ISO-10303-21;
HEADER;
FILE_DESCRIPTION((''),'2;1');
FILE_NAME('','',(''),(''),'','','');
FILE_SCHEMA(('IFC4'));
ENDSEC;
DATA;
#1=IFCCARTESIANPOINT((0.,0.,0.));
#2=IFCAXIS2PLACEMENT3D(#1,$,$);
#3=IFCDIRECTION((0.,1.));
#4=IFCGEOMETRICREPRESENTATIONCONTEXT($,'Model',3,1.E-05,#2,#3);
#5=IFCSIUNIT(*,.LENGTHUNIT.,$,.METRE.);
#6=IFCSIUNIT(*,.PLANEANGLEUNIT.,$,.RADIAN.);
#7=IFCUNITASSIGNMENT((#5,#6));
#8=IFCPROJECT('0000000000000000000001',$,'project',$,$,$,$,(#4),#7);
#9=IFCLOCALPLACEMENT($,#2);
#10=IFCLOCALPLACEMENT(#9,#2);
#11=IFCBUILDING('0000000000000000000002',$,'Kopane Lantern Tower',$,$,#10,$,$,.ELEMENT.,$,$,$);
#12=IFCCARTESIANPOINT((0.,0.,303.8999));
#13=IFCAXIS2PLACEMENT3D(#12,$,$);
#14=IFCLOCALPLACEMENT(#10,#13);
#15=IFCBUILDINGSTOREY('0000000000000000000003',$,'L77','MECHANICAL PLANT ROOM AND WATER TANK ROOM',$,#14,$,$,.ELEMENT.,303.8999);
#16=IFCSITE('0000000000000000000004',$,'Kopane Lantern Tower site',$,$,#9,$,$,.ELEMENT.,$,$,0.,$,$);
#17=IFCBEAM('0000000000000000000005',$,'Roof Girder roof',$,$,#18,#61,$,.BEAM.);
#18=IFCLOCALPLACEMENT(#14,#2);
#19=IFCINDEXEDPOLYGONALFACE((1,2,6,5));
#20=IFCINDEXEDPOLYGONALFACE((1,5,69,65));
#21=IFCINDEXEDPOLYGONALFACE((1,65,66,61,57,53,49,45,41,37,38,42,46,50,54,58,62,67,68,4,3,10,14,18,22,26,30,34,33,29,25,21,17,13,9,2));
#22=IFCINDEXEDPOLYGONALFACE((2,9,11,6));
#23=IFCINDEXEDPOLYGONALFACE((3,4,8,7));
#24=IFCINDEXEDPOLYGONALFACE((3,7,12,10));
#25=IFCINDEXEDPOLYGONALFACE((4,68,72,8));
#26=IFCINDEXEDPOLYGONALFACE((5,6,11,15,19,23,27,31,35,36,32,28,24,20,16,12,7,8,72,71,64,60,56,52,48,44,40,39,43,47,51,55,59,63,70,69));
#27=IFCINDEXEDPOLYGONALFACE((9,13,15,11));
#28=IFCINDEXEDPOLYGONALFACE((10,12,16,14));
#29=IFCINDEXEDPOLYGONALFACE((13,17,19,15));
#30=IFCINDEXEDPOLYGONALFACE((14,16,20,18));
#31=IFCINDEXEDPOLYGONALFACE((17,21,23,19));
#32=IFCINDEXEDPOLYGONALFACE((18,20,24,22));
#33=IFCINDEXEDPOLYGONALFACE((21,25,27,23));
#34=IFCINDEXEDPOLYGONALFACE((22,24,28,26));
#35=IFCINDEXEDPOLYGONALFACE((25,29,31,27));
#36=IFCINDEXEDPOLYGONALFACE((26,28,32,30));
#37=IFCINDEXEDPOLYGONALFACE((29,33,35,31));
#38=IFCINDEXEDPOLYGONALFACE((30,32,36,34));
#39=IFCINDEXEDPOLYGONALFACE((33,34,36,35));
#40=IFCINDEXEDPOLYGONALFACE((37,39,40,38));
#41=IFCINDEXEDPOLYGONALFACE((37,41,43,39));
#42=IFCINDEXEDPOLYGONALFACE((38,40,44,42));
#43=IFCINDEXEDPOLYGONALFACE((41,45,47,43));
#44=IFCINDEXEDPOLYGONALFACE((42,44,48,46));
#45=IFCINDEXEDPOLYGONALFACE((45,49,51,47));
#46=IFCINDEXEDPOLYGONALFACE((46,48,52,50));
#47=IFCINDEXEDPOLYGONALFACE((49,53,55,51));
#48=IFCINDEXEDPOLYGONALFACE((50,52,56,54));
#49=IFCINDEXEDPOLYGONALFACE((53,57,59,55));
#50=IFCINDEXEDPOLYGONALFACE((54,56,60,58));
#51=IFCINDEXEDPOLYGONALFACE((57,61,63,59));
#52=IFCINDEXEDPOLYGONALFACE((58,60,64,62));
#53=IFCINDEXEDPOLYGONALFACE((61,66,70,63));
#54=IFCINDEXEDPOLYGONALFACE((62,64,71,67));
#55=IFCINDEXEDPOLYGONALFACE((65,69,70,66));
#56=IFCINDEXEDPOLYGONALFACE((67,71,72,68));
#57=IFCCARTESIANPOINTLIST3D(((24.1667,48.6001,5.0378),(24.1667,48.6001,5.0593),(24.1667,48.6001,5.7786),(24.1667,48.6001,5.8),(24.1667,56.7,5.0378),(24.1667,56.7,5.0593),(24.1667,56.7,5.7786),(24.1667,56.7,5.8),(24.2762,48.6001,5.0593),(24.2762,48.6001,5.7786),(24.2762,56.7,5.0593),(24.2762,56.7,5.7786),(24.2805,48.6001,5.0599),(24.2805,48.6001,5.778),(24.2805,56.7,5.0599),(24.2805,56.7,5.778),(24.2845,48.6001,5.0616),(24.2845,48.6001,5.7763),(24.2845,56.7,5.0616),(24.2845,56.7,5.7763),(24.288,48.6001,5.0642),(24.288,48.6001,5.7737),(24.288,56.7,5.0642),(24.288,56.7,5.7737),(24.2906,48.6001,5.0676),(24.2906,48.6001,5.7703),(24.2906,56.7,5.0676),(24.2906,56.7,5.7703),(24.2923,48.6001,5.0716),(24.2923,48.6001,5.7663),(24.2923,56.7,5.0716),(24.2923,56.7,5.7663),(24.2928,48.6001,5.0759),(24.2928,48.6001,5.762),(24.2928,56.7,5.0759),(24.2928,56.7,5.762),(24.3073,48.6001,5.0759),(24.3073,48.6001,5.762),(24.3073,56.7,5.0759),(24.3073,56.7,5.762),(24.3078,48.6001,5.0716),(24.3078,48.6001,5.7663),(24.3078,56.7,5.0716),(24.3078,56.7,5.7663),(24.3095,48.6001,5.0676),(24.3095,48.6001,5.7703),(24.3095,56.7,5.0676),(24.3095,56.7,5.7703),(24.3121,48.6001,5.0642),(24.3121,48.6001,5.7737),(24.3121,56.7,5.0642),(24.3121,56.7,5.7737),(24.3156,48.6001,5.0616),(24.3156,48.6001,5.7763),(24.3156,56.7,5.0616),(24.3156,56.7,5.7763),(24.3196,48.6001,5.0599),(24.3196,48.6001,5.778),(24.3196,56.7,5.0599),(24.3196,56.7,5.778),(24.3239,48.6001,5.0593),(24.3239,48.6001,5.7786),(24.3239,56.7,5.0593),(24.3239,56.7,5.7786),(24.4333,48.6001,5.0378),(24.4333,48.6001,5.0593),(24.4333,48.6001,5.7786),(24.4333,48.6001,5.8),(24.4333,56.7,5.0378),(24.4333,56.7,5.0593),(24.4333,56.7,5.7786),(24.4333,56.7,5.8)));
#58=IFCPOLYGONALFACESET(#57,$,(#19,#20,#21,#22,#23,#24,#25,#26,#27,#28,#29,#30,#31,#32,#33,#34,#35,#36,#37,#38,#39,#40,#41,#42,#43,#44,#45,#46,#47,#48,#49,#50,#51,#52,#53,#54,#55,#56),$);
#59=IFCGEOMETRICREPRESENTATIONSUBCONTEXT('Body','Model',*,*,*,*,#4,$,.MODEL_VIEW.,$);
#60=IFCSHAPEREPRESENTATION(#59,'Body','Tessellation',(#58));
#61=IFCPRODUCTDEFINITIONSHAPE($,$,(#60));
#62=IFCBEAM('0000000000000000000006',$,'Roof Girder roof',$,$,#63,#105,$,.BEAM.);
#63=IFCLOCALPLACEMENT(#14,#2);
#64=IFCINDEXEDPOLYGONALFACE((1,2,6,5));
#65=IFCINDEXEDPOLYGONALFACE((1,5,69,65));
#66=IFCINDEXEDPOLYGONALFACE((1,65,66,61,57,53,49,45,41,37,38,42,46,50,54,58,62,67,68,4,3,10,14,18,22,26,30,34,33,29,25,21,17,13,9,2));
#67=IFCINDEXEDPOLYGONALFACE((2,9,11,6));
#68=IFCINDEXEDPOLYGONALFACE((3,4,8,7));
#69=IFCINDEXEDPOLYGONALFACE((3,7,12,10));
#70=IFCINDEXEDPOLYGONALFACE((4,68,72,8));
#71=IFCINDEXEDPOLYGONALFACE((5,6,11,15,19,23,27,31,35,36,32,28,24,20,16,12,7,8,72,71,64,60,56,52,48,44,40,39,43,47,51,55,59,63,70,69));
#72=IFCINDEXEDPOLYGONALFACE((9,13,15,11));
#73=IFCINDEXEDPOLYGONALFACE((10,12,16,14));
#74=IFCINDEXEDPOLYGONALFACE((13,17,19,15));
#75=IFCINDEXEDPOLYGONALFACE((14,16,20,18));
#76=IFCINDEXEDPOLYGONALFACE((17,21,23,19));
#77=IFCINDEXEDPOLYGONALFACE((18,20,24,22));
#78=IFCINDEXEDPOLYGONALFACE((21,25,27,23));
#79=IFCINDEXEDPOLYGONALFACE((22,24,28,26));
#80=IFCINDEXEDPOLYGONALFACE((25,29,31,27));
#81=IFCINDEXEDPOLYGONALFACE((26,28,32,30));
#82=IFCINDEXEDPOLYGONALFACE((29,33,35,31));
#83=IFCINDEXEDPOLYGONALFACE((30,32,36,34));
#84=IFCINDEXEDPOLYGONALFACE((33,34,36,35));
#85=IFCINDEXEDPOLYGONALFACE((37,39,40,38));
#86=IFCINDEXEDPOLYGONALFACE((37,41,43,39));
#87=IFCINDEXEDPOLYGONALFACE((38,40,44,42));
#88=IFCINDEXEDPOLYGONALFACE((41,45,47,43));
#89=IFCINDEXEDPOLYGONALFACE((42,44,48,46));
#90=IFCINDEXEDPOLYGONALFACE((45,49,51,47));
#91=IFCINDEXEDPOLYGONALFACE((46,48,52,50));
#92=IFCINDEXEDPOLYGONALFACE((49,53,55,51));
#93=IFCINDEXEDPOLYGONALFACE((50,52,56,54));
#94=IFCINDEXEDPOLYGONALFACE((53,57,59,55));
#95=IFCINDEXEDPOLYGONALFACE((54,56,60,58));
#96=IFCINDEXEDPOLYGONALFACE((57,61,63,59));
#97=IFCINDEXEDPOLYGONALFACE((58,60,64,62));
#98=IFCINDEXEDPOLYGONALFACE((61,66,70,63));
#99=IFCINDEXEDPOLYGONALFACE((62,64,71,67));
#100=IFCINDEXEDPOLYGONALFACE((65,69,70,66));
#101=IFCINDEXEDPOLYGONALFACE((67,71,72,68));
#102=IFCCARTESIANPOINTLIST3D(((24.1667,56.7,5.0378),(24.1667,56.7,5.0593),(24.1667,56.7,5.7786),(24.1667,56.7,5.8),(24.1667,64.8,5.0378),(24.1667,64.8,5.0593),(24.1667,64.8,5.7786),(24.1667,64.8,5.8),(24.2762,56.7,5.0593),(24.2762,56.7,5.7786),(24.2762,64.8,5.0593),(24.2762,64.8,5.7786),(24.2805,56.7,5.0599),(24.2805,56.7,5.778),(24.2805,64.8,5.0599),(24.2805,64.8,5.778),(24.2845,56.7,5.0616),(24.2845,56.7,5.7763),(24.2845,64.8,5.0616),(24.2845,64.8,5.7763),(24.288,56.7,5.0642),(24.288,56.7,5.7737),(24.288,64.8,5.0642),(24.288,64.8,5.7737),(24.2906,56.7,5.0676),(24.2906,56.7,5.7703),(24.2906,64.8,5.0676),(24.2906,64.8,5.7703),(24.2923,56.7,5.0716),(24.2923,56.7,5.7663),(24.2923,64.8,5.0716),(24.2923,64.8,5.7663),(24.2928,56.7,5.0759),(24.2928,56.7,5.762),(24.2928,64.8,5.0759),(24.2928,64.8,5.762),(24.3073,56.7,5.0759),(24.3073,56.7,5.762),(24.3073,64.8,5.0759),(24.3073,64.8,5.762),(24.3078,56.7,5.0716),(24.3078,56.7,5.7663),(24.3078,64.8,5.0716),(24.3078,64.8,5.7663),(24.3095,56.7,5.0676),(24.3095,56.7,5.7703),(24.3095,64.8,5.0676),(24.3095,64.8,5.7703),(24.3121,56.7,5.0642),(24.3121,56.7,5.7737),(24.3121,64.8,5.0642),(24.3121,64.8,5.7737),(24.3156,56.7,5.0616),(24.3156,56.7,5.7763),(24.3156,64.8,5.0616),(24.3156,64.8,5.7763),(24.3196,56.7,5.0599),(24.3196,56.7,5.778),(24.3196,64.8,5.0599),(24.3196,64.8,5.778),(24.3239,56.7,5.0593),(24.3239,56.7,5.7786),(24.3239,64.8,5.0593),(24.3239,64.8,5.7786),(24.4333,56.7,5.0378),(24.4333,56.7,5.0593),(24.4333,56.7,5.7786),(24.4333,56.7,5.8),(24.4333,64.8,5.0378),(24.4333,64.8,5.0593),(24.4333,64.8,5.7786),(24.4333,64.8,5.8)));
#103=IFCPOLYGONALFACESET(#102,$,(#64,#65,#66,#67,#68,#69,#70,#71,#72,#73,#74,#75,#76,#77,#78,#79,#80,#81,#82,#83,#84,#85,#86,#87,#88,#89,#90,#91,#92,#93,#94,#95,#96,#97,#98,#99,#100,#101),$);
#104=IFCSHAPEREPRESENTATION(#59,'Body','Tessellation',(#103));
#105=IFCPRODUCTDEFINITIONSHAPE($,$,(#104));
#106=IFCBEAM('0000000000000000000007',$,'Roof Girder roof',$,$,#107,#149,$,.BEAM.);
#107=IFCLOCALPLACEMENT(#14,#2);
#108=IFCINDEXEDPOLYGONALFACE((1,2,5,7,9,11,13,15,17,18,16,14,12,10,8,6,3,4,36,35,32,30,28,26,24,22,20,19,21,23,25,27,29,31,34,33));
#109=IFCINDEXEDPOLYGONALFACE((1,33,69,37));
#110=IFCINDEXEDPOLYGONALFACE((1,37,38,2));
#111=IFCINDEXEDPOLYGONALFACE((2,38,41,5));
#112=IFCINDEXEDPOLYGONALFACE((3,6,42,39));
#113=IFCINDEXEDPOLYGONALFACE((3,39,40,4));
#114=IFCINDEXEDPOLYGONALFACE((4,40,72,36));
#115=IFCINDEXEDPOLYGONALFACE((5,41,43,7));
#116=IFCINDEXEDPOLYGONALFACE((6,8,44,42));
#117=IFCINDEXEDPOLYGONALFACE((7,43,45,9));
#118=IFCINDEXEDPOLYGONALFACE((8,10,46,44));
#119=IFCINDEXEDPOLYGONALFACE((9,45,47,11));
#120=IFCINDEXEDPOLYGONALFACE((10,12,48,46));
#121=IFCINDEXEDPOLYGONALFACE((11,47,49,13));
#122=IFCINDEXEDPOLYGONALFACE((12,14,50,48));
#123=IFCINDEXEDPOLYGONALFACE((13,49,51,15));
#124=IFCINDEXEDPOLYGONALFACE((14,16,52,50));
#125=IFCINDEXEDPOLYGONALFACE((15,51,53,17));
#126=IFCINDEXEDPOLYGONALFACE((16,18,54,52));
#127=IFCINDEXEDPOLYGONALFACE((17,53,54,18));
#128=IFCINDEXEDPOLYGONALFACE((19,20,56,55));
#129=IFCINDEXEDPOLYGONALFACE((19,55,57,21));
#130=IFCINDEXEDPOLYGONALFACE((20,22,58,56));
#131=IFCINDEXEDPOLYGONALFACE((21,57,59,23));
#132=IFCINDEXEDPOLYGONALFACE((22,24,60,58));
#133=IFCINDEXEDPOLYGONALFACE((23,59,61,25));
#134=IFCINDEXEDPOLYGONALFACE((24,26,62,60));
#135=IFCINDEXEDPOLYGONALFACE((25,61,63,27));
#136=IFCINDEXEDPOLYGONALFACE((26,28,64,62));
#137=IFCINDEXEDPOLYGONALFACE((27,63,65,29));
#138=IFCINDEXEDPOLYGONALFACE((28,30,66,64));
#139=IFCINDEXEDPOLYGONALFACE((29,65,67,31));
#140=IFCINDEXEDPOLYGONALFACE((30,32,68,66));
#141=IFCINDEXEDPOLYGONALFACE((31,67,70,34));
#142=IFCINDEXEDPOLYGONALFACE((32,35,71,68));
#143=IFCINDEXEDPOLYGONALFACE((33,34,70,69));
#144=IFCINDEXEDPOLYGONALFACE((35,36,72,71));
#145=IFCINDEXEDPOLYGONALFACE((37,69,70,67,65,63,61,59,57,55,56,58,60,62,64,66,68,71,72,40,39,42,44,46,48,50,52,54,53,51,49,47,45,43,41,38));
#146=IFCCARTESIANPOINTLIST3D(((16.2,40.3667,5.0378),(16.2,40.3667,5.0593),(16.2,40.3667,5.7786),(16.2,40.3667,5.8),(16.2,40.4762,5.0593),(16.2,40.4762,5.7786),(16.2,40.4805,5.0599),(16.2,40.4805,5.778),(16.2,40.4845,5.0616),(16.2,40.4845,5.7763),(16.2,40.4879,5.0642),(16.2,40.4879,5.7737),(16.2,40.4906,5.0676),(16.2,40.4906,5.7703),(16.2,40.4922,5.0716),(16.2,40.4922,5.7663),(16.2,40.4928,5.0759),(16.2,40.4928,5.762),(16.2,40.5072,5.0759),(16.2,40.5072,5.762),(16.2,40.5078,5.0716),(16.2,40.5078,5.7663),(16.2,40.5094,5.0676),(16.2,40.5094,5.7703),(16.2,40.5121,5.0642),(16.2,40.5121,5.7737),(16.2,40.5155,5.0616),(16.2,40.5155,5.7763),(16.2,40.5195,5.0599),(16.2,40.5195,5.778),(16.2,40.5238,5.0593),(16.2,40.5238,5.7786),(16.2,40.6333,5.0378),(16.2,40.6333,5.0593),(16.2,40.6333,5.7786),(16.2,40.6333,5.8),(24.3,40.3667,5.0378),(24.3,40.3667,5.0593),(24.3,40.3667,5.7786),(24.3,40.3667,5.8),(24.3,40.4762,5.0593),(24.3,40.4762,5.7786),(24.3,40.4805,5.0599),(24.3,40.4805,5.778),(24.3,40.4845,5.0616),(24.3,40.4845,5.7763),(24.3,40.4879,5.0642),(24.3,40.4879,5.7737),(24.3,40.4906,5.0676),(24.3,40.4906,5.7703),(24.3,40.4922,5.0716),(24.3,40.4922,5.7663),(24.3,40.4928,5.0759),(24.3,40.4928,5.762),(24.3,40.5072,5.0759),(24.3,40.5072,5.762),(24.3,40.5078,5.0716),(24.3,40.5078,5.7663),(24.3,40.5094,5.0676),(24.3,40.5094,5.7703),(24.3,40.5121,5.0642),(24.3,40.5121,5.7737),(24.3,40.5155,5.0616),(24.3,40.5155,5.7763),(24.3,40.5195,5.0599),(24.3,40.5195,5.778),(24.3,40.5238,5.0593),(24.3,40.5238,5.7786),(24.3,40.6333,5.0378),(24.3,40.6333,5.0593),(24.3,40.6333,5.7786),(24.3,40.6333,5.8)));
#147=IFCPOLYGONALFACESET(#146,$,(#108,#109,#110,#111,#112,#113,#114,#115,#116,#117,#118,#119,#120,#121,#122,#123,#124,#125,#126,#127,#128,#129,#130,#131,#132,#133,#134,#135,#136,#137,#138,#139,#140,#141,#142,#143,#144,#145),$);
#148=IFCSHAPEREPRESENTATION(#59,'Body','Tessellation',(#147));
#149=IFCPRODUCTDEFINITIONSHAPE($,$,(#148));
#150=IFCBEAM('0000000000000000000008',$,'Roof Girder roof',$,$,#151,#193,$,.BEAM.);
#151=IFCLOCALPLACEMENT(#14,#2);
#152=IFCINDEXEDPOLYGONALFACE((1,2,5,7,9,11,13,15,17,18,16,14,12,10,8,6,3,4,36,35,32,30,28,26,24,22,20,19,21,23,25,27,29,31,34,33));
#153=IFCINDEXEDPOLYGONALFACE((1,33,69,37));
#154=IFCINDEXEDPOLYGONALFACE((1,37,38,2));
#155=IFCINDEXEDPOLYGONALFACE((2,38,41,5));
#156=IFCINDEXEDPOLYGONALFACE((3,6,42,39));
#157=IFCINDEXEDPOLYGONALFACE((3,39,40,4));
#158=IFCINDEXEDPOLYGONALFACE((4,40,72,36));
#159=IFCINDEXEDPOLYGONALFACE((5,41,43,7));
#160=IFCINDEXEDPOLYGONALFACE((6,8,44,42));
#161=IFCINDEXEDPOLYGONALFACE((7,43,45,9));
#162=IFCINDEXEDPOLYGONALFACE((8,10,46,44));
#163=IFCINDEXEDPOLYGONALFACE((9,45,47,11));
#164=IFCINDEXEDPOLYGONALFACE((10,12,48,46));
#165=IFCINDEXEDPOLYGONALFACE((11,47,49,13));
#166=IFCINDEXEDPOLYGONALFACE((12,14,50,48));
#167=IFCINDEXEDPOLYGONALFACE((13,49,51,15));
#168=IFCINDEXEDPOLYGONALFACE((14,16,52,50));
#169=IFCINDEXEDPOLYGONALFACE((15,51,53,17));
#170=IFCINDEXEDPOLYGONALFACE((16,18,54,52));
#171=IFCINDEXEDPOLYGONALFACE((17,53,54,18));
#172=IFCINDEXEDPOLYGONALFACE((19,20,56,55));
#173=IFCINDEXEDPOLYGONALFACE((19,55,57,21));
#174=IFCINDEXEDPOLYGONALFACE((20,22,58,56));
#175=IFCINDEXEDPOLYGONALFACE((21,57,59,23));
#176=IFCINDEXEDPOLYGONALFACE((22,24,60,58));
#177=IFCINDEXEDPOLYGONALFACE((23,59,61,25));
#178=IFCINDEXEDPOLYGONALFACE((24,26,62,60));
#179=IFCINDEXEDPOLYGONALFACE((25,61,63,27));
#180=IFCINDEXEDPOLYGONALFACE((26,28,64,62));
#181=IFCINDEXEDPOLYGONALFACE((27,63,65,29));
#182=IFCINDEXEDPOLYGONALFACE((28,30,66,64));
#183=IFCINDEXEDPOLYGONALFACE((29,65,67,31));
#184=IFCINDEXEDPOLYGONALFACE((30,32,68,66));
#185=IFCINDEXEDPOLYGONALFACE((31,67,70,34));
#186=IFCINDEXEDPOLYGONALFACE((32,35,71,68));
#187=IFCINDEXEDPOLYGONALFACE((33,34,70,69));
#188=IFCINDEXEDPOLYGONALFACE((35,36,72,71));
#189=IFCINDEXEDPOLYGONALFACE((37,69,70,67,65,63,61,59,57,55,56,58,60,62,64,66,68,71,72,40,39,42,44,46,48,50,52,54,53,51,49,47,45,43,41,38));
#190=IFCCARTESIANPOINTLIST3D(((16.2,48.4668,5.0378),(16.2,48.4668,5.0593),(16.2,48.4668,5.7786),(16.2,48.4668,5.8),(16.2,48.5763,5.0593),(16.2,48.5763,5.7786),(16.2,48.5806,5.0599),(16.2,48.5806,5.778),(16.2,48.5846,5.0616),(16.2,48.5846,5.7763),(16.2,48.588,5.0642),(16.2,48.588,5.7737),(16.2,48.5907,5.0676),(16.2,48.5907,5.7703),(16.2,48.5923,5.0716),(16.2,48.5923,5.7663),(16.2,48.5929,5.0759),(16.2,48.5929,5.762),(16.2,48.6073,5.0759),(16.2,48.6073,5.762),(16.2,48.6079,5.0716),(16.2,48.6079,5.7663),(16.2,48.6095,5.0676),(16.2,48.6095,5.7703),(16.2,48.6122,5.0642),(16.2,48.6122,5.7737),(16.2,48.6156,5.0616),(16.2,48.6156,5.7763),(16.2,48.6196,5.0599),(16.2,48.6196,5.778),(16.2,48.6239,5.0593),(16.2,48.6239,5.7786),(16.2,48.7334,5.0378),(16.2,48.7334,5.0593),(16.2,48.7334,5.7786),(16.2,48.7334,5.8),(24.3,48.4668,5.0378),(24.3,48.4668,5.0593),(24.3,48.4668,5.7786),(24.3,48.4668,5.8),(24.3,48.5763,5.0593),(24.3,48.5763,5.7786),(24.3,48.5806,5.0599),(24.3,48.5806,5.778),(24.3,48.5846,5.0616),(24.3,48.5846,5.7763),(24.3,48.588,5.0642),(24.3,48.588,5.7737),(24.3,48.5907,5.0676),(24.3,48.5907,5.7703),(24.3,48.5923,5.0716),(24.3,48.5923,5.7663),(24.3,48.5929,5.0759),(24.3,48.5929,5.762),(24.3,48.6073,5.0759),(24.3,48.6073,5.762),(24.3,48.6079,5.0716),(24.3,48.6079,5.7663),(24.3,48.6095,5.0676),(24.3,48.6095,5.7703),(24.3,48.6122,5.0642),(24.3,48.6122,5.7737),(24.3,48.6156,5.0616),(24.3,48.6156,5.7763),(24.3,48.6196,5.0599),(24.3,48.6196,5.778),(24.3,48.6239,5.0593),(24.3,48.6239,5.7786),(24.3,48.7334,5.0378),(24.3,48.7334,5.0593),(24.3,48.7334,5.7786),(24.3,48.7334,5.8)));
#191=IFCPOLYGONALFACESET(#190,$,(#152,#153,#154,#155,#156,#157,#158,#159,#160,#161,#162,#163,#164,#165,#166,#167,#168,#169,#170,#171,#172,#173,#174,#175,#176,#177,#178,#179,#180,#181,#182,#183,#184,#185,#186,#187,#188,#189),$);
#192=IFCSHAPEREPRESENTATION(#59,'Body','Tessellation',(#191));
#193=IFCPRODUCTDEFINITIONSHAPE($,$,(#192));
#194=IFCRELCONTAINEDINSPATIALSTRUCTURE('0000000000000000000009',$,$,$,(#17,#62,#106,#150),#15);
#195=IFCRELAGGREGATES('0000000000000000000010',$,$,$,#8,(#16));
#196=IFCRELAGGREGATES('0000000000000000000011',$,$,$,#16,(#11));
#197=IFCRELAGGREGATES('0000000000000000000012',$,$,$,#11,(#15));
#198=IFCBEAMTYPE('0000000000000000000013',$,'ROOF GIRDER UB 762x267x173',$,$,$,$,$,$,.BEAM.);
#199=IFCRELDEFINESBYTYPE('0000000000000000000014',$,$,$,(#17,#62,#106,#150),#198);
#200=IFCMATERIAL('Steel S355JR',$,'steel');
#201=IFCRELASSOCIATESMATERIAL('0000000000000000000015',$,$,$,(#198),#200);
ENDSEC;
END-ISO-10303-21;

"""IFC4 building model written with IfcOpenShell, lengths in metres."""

from ifc_helpers import new_model, si_unit, direction, frame, origin, origin_2d, place, context, subcontext, project, spatial, i_section, extrude, material, material_profile, profile_set, type_object, element, save


model = new_model("IFC4")

# Units and contexts
model_context = context("Model", 3, precision=1e-05, world=origin(), true_north=direction((0.0, 1.0)))
body_context = subcontext(model_context, "Body", "Model", "MODEL_VIEW")
ifc_project = project(units=[si_unit("LENGTHUNIT", "METRE"), si_unit("PLANEANGLEUNIT", "RADIAN")], contexts=[model_context])

# Site, building, storey
site_placement = place(None, origin())
site = spatial("IfcSite", under=ifc_project, at=site_placement, Name="Kopane Lantern Tower site", CompositionType="ELEMENT", RefElevation=0.0)
building_placement = place(site_placement, origin())
building = spatial("IfcBuilding", under=site, at=building_placement, Name="Kopane Lantern Tower", CompositionType="ELEMENT")
storey_placement = place(building_placement, frame((0.0, 0.0, 303.8999)))
storey = spatial("IfcBuildingStorey", under=building, at=storey_placement, Name="L77", Description="MECHANICAL PLANT ROOM AND WATER TANK ROOM", CompositionType="ELEMENT", Elevation=303.8999)

# Beams
ifc_material_1 = material(Name="Steel S355JR", Category="steel")
ifc_material_profile_1 = material_profile(ifc_material_1, i_section(OverallWidth=0.2666, OverallDepth=0.7622, WebThickness=0.0144, FlangeThickness=0.0215, FilletRadius=0.0166, at=origin_2d()), Name="UB 762x267x173")
ifc_profile_set_1 = profile_set([ifc_material_profile_1], Name="Steel S355JR")
beam_type_1 = type_object("IfcBeamType", Name="ROOF GIRDER UB 762x267x173", PredefinedType="BEAM", material=ifc_profile_set_1)
beam_1_placement = place(storey_placement, frame((24.3, 48.6001, 5.4189), z_axis=(0.0, 1.0, 0.0), x_axis=(-1.0, 0.0, 0.0)))
element("IfcBeam", 1, at=beam_1_placement, inside=storey, type_object=beam_type_1, Name="Roof Girder roof", PredefinedType="BEAM", context=body_context, shape_type="SweptSolid", body=[
    extrude(i_section(OverallWidth=0.2666, OverallDepth=0.7622, WebThickness=0.0144, FlangeThickness=0.0215, FilletRadius=0.0166, at=origin_2d()), origin(), (0.0, 0.0, 1.0), 8.0999),
])
for number, where, z_axis, x_axis, name in (
    (2, (24.3, 56.7, 5.4189), (0.0, 1.0, 0.0), (-1.0, 0.0, 0.0), "Roof Girder roof"),
    (3, (16.2, 40.5, 5.4189), (1.0, 0.0, 0.0), (0.0, 1.0, 0.0), "Roof Girder roof"),
    (4, (16.2, 48.6001, 5.4189), (1.0, 0.0, 0.0), (0.0, 1.0, 0.0), "Roof Girder roof"),
):
    element("IfcBeam", number, at=place(storey_placement, frame(where, z_axis=z_axis, x_axis=x_axis)), inside=storey, type_object=beam_type_1, Name=name, PredefinedType="BEAM", context=body_context, shape_type="SweptSolid", body=[
        extrude(i_section(OverallWidth=0.2666, OverallDepth=0.7622, WebThickness=0.0144, FlangeThickness=0.0215, FilletRadius=0.0166, at=origin_2d()), origin(), (0.0, 0.0, 1.0), 8.1001),
    ])

save(model, "model.ifc")
